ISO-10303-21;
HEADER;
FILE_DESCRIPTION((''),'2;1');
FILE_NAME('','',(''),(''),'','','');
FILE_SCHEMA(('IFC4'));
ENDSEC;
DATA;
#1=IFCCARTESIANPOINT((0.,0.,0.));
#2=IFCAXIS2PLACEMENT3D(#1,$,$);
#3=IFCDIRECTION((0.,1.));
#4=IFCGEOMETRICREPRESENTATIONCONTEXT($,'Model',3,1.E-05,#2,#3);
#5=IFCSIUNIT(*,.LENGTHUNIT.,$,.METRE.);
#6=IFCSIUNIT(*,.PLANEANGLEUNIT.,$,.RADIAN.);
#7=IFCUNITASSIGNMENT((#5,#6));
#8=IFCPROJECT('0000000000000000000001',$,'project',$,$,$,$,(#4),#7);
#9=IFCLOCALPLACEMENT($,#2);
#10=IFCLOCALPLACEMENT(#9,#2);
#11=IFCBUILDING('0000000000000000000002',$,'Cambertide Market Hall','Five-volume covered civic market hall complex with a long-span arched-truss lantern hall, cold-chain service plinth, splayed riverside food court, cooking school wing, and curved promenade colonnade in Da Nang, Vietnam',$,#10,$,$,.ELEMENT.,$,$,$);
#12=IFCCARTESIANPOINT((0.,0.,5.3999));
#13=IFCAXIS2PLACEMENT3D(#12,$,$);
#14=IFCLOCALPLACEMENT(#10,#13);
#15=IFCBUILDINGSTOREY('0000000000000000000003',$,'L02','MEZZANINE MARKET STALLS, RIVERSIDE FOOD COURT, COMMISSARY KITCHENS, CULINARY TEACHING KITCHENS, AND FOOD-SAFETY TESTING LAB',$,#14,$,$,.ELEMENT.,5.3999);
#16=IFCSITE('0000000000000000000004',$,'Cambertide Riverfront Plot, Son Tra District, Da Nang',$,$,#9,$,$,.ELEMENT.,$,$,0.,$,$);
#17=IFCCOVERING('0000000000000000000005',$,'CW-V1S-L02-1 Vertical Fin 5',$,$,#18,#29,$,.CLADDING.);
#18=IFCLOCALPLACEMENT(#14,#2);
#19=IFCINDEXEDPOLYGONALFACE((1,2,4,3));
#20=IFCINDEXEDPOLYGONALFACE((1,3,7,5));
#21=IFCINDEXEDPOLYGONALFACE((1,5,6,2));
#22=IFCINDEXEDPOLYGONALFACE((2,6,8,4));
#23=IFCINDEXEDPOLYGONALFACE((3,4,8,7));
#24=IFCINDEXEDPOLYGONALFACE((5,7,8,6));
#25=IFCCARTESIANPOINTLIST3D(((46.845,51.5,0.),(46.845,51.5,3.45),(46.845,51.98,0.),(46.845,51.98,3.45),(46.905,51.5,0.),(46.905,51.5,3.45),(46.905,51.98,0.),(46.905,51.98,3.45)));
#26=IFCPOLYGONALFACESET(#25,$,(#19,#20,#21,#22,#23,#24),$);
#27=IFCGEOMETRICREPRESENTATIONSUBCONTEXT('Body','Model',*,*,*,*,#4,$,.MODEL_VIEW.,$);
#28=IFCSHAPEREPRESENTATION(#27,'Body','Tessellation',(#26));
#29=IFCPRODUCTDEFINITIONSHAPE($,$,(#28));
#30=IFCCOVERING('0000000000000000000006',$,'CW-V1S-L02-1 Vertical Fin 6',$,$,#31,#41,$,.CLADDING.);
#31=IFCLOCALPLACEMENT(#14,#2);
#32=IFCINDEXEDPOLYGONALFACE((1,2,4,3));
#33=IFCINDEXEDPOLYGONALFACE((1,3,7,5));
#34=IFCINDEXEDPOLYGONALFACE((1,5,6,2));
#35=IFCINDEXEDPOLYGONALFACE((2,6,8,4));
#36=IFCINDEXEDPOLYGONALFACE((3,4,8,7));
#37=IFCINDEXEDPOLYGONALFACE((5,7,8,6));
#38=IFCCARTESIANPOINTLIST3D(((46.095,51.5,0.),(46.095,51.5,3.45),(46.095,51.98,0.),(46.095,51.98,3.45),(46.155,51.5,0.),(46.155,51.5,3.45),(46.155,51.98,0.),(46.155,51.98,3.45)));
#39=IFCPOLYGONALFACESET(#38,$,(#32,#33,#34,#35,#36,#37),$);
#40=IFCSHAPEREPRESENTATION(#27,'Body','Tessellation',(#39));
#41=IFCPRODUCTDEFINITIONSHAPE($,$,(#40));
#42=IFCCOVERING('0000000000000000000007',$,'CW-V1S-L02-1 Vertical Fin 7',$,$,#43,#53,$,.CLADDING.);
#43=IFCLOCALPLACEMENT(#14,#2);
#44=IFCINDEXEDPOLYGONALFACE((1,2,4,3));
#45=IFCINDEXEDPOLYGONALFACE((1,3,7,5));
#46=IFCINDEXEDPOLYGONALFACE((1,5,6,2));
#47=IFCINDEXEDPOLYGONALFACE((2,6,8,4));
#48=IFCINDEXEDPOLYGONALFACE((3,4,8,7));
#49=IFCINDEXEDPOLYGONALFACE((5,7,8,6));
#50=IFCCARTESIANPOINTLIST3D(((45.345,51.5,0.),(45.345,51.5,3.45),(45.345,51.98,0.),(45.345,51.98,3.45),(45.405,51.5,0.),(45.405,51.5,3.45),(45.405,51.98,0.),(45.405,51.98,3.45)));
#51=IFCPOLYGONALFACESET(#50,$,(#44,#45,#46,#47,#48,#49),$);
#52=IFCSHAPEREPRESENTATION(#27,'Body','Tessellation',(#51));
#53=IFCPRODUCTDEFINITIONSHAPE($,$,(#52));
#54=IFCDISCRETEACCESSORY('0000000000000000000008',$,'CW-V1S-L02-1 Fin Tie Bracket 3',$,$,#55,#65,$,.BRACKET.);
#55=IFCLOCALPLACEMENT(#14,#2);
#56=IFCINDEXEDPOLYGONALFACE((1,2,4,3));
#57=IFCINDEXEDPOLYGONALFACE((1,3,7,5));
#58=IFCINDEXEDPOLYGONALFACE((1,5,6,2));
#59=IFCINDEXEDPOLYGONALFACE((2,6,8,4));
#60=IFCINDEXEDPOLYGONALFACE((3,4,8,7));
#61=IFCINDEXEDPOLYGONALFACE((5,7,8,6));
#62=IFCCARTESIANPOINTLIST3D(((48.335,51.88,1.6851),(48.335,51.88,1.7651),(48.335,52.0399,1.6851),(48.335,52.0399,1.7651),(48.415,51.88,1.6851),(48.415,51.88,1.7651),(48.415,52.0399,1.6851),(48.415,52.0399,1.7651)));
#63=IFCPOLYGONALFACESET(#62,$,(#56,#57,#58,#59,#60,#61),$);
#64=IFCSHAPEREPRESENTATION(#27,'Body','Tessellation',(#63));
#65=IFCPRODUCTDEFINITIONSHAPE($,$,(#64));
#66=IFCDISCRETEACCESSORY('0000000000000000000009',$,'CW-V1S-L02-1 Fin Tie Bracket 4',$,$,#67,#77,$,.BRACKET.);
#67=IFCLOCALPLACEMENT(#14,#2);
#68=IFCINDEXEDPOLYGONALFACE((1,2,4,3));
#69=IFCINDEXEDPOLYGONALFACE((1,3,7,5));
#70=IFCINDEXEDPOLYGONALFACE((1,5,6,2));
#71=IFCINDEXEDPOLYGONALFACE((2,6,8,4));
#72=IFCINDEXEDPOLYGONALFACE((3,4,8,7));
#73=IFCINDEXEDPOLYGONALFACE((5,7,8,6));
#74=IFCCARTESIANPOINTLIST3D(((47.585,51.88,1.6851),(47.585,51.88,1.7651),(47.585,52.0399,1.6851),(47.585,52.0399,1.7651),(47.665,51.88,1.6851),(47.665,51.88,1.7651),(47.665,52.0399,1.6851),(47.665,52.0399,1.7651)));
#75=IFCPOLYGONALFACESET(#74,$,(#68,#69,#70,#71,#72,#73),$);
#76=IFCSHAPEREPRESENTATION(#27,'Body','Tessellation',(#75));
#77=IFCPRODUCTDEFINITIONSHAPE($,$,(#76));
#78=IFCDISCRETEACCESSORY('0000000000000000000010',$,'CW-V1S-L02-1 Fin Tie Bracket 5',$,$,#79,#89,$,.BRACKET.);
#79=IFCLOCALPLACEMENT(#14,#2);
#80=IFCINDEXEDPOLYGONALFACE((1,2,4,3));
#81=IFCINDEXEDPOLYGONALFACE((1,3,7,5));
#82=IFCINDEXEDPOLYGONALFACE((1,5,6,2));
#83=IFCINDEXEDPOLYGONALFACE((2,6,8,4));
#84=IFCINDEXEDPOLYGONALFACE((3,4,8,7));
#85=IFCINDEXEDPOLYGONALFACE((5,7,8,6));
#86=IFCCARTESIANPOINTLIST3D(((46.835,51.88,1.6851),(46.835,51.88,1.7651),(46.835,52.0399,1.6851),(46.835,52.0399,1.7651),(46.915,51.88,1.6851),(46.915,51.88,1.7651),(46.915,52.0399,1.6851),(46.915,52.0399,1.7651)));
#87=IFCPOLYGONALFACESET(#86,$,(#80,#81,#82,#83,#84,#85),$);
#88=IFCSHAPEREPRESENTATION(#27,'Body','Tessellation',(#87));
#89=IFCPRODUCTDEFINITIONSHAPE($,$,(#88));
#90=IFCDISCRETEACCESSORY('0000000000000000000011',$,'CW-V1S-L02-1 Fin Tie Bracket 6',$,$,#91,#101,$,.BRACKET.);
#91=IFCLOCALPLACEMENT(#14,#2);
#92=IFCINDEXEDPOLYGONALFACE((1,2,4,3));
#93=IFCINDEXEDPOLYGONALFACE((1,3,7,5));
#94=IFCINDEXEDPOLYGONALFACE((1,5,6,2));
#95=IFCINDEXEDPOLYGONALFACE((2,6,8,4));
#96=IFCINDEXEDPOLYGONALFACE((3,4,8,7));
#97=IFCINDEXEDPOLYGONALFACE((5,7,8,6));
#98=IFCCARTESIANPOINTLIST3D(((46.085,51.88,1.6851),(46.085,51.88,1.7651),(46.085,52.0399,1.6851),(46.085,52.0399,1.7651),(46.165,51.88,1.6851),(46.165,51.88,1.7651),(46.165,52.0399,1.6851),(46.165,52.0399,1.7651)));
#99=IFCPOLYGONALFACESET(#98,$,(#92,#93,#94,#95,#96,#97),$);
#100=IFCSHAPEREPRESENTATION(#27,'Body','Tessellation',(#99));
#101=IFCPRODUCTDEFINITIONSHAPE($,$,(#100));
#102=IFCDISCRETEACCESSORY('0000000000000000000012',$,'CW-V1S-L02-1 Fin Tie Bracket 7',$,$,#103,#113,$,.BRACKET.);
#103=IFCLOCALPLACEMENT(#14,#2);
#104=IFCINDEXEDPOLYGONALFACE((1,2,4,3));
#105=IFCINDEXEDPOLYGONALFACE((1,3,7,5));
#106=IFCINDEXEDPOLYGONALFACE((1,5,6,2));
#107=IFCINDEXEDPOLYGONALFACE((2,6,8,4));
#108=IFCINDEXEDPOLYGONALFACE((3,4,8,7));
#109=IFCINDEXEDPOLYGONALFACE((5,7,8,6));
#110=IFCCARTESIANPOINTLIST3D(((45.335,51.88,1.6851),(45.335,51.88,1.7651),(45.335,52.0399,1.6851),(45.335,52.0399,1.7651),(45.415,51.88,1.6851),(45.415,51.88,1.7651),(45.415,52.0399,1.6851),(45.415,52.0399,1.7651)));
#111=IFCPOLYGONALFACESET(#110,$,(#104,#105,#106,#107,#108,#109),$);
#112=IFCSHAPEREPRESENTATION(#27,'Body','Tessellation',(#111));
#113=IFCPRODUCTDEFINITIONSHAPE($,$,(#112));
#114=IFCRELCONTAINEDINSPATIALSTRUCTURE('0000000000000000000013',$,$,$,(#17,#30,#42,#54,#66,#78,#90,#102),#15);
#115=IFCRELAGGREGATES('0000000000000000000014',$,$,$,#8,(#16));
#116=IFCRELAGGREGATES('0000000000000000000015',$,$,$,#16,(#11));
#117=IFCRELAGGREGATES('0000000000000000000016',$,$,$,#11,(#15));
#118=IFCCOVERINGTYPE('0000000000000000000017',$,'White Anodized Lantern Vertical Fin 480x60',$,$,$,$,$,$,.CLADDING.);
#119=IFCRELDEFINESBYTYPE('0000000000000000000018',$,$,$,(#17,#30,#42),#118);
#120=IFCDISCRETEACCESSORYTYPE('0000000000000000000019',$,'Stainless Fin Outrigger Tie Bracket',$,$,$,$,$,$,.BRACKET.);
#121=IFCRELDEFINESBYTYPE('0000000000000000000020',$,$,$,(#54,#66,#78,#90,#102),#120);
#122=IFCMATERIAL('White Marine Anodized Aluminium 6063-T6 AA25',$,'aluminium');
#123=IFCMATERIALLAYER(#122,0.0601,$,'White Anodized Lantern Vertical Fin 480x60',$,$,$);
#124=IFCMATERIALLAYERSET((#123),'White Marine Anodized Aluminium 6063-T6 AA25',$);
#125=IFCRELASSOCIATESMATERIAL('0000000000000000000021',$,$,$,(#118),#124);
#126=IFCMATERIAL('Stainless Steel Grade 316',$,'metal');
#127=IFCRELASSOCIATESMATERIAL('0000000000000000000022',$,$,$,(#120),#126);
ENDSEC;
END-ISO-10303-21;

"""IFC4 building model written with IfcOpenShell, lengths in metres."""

from ifc_helpers import new_model, si_unit, direction, frame, origin, origin_2d, place, context, subcontext, project, spatial, rectangle, extrude, material, layer, layer_set, type_object, element, save


model = new_model("IFC4")

# Units and contexts
model_context = context("Model", 3, precision=1e-05, world=origin(), true_north=direction((0.0, 1.0)))
body_context = subcontext(model_context, "Body", "Model", "MODEL_VIEW")
ifc_project = project(units=[si_unit("LENGTHUNIT", "METRE"), si_unit("PLANEANGLEUNIT", "RADIAN")], contexts=[model_context])

# Site, building, storey
site_placement = place(None, origin())
site = spatial("IfcSite", under=ifc_project, at=site_placement, Name="Cambertide Riverfront Plot, Son Tra District, Da Nang", CompositionType="ELEMENT", RefElevation=0.0)
building_placement = place(site_placement, origin())
building = spatial("IfcBuilding", under=site, at=building_placement, Name="Cambertide Market Hall", Description="Five-volume covered civic market hall complex with a long-span arched-truss lantern hall, cold-chain service plinth, splayed riverside food court, cooking school wing, and curved promenade colonnade in Da Nang, Vietnam", CompositionType="ELEMENT")
storey_placement = place(building_placement, frame((0.0, 0.0, 5.3999)))
storey = spatial("IfcBuildingStorey", under=building, at=storey_placement, Name="L02", Description="MEZZANINE MARKET STALLS, RIVERSIDE FOOD COURT, COMMISSARY KITCHENS, CULINARY TEACHING KITCHENS, AND FOOD-SAFETY TESTING LAB", CompositionType="ELEMENT", Elevation=5.3999)

# Coverings
ifc_material_1 = material(Name="White Marine Anodized Aluminium 6063-T6 AA25", Category="aluminium")
ifc_layer_1 = layer(ifc_material_1, 0.0601, Name="White Anodized Lantern Vertical Fin 480x60")
ifc_layer_set_1 = layer_set([ifc_layer_1], Name="White Marine Anodized Aluminium 6063-T6 AA25")
covering_type = type_object("IfcCoveringType", Name="White Anodized Lantern Vertical Fin 480x60", PredefinedType="CLADDING", material=ifc_layer_set_1)
for number, where, z_axis, x_axis, name in (
    (1, (46.875, 51.74, 0.0), (0.0, 0.0, 1.0), (-1.0, 0.0, 0.0), "CW-V1S-L02-1 Vertical Fin 5"),
    (2, (46.125, 51.74, 0.0), (0.0, 0.0, 1.0), (-1.0, 0.0, 0.0), "CW-V1S-L02-1 Vertical Fin 6"),
    (3, (45.375, 51.74, 0.0), (0.0, 0.0, 1.0), (-1.0, 0.0, 0.0), "CW-V1S-L02-1 Vertical Fin 7"),
):
    element("IfcCovering", number, at=place(storey_placement, frame(where, z_axis=z_axis, x_axis=x_axis)), inside=storey, type_object=covering_type, Name=name, PredefinedType="CLADDING", context=body_context, shape_type="SweptSolid", body=[
        extrude(rectangle(XDim=0.0601, YDim=0.48, at=origin_2d()), origin(), (0.0, 0.0, 1.0), 3.45),
    ])

# Discrete accessories
ifc_material_2 = material(Name="Stainless Steel Grade 316", Category="metal")
discrete_accessory_type = type_object("IfcDiscreteAccessoryType", Name="Stainless Fin Outrigger Tie Bracket", PredefinedType="BRACKET", material=ifc_material_2)
for number, where, z_axis, x_axis, name in (
    (4, (48.375, 51.96, 1.6851), (0.0, 0.0, 1.0), (-1.0, 0.0, 0.0), "CW-V1S-L02-1 Fin Tie Bracket 3"),
    (5, (47.625, 51.96, 1.6851), (0.0, 0.0, 1.0), (-1.0, 0.0, 0.0), "CW-V1S-L02-1 Fin Tie Bracket 4"),
    (6, (46.875, 51.96, 1.6851), (0.0, 0.0, 1.0), (-1.0, 0.0, 0.0), "CW-V1S-L02-1 Fin Tie Bracket 5"),
    (7, (46.125, 51.96, 1.6851), (0.0, 0.0, 1.0), (-1.0, 0.0, 0.0), "CW-V1S-L02-1 Fin Tie Bracket 6"),
    (8, (45.375, 51.96, 1.6851), (0.0, 0.0, 1.0), (-1.0, 0.0, 0.0), "CW-V1S-L02-1 Fin Tie Bracket 7"),
):
    element("IfcDiscreteAccessory", number, at=place(storey_placement, frame(where, z_axis=z_axis, x_axis=x_axis)), inside=storey, type_object=discrete_accessory_type, Name=name, PredefinedType="BRACKET", context=body_context, shape_type="SweptSolid", body=[
        extrude(rectangle(XDim=0.0801, YDim=0.1599, at=origin_2d()), origin(), (0.0, 0.0, 1.0), 0.0801),
    ])

save(model, "model.ifc")
